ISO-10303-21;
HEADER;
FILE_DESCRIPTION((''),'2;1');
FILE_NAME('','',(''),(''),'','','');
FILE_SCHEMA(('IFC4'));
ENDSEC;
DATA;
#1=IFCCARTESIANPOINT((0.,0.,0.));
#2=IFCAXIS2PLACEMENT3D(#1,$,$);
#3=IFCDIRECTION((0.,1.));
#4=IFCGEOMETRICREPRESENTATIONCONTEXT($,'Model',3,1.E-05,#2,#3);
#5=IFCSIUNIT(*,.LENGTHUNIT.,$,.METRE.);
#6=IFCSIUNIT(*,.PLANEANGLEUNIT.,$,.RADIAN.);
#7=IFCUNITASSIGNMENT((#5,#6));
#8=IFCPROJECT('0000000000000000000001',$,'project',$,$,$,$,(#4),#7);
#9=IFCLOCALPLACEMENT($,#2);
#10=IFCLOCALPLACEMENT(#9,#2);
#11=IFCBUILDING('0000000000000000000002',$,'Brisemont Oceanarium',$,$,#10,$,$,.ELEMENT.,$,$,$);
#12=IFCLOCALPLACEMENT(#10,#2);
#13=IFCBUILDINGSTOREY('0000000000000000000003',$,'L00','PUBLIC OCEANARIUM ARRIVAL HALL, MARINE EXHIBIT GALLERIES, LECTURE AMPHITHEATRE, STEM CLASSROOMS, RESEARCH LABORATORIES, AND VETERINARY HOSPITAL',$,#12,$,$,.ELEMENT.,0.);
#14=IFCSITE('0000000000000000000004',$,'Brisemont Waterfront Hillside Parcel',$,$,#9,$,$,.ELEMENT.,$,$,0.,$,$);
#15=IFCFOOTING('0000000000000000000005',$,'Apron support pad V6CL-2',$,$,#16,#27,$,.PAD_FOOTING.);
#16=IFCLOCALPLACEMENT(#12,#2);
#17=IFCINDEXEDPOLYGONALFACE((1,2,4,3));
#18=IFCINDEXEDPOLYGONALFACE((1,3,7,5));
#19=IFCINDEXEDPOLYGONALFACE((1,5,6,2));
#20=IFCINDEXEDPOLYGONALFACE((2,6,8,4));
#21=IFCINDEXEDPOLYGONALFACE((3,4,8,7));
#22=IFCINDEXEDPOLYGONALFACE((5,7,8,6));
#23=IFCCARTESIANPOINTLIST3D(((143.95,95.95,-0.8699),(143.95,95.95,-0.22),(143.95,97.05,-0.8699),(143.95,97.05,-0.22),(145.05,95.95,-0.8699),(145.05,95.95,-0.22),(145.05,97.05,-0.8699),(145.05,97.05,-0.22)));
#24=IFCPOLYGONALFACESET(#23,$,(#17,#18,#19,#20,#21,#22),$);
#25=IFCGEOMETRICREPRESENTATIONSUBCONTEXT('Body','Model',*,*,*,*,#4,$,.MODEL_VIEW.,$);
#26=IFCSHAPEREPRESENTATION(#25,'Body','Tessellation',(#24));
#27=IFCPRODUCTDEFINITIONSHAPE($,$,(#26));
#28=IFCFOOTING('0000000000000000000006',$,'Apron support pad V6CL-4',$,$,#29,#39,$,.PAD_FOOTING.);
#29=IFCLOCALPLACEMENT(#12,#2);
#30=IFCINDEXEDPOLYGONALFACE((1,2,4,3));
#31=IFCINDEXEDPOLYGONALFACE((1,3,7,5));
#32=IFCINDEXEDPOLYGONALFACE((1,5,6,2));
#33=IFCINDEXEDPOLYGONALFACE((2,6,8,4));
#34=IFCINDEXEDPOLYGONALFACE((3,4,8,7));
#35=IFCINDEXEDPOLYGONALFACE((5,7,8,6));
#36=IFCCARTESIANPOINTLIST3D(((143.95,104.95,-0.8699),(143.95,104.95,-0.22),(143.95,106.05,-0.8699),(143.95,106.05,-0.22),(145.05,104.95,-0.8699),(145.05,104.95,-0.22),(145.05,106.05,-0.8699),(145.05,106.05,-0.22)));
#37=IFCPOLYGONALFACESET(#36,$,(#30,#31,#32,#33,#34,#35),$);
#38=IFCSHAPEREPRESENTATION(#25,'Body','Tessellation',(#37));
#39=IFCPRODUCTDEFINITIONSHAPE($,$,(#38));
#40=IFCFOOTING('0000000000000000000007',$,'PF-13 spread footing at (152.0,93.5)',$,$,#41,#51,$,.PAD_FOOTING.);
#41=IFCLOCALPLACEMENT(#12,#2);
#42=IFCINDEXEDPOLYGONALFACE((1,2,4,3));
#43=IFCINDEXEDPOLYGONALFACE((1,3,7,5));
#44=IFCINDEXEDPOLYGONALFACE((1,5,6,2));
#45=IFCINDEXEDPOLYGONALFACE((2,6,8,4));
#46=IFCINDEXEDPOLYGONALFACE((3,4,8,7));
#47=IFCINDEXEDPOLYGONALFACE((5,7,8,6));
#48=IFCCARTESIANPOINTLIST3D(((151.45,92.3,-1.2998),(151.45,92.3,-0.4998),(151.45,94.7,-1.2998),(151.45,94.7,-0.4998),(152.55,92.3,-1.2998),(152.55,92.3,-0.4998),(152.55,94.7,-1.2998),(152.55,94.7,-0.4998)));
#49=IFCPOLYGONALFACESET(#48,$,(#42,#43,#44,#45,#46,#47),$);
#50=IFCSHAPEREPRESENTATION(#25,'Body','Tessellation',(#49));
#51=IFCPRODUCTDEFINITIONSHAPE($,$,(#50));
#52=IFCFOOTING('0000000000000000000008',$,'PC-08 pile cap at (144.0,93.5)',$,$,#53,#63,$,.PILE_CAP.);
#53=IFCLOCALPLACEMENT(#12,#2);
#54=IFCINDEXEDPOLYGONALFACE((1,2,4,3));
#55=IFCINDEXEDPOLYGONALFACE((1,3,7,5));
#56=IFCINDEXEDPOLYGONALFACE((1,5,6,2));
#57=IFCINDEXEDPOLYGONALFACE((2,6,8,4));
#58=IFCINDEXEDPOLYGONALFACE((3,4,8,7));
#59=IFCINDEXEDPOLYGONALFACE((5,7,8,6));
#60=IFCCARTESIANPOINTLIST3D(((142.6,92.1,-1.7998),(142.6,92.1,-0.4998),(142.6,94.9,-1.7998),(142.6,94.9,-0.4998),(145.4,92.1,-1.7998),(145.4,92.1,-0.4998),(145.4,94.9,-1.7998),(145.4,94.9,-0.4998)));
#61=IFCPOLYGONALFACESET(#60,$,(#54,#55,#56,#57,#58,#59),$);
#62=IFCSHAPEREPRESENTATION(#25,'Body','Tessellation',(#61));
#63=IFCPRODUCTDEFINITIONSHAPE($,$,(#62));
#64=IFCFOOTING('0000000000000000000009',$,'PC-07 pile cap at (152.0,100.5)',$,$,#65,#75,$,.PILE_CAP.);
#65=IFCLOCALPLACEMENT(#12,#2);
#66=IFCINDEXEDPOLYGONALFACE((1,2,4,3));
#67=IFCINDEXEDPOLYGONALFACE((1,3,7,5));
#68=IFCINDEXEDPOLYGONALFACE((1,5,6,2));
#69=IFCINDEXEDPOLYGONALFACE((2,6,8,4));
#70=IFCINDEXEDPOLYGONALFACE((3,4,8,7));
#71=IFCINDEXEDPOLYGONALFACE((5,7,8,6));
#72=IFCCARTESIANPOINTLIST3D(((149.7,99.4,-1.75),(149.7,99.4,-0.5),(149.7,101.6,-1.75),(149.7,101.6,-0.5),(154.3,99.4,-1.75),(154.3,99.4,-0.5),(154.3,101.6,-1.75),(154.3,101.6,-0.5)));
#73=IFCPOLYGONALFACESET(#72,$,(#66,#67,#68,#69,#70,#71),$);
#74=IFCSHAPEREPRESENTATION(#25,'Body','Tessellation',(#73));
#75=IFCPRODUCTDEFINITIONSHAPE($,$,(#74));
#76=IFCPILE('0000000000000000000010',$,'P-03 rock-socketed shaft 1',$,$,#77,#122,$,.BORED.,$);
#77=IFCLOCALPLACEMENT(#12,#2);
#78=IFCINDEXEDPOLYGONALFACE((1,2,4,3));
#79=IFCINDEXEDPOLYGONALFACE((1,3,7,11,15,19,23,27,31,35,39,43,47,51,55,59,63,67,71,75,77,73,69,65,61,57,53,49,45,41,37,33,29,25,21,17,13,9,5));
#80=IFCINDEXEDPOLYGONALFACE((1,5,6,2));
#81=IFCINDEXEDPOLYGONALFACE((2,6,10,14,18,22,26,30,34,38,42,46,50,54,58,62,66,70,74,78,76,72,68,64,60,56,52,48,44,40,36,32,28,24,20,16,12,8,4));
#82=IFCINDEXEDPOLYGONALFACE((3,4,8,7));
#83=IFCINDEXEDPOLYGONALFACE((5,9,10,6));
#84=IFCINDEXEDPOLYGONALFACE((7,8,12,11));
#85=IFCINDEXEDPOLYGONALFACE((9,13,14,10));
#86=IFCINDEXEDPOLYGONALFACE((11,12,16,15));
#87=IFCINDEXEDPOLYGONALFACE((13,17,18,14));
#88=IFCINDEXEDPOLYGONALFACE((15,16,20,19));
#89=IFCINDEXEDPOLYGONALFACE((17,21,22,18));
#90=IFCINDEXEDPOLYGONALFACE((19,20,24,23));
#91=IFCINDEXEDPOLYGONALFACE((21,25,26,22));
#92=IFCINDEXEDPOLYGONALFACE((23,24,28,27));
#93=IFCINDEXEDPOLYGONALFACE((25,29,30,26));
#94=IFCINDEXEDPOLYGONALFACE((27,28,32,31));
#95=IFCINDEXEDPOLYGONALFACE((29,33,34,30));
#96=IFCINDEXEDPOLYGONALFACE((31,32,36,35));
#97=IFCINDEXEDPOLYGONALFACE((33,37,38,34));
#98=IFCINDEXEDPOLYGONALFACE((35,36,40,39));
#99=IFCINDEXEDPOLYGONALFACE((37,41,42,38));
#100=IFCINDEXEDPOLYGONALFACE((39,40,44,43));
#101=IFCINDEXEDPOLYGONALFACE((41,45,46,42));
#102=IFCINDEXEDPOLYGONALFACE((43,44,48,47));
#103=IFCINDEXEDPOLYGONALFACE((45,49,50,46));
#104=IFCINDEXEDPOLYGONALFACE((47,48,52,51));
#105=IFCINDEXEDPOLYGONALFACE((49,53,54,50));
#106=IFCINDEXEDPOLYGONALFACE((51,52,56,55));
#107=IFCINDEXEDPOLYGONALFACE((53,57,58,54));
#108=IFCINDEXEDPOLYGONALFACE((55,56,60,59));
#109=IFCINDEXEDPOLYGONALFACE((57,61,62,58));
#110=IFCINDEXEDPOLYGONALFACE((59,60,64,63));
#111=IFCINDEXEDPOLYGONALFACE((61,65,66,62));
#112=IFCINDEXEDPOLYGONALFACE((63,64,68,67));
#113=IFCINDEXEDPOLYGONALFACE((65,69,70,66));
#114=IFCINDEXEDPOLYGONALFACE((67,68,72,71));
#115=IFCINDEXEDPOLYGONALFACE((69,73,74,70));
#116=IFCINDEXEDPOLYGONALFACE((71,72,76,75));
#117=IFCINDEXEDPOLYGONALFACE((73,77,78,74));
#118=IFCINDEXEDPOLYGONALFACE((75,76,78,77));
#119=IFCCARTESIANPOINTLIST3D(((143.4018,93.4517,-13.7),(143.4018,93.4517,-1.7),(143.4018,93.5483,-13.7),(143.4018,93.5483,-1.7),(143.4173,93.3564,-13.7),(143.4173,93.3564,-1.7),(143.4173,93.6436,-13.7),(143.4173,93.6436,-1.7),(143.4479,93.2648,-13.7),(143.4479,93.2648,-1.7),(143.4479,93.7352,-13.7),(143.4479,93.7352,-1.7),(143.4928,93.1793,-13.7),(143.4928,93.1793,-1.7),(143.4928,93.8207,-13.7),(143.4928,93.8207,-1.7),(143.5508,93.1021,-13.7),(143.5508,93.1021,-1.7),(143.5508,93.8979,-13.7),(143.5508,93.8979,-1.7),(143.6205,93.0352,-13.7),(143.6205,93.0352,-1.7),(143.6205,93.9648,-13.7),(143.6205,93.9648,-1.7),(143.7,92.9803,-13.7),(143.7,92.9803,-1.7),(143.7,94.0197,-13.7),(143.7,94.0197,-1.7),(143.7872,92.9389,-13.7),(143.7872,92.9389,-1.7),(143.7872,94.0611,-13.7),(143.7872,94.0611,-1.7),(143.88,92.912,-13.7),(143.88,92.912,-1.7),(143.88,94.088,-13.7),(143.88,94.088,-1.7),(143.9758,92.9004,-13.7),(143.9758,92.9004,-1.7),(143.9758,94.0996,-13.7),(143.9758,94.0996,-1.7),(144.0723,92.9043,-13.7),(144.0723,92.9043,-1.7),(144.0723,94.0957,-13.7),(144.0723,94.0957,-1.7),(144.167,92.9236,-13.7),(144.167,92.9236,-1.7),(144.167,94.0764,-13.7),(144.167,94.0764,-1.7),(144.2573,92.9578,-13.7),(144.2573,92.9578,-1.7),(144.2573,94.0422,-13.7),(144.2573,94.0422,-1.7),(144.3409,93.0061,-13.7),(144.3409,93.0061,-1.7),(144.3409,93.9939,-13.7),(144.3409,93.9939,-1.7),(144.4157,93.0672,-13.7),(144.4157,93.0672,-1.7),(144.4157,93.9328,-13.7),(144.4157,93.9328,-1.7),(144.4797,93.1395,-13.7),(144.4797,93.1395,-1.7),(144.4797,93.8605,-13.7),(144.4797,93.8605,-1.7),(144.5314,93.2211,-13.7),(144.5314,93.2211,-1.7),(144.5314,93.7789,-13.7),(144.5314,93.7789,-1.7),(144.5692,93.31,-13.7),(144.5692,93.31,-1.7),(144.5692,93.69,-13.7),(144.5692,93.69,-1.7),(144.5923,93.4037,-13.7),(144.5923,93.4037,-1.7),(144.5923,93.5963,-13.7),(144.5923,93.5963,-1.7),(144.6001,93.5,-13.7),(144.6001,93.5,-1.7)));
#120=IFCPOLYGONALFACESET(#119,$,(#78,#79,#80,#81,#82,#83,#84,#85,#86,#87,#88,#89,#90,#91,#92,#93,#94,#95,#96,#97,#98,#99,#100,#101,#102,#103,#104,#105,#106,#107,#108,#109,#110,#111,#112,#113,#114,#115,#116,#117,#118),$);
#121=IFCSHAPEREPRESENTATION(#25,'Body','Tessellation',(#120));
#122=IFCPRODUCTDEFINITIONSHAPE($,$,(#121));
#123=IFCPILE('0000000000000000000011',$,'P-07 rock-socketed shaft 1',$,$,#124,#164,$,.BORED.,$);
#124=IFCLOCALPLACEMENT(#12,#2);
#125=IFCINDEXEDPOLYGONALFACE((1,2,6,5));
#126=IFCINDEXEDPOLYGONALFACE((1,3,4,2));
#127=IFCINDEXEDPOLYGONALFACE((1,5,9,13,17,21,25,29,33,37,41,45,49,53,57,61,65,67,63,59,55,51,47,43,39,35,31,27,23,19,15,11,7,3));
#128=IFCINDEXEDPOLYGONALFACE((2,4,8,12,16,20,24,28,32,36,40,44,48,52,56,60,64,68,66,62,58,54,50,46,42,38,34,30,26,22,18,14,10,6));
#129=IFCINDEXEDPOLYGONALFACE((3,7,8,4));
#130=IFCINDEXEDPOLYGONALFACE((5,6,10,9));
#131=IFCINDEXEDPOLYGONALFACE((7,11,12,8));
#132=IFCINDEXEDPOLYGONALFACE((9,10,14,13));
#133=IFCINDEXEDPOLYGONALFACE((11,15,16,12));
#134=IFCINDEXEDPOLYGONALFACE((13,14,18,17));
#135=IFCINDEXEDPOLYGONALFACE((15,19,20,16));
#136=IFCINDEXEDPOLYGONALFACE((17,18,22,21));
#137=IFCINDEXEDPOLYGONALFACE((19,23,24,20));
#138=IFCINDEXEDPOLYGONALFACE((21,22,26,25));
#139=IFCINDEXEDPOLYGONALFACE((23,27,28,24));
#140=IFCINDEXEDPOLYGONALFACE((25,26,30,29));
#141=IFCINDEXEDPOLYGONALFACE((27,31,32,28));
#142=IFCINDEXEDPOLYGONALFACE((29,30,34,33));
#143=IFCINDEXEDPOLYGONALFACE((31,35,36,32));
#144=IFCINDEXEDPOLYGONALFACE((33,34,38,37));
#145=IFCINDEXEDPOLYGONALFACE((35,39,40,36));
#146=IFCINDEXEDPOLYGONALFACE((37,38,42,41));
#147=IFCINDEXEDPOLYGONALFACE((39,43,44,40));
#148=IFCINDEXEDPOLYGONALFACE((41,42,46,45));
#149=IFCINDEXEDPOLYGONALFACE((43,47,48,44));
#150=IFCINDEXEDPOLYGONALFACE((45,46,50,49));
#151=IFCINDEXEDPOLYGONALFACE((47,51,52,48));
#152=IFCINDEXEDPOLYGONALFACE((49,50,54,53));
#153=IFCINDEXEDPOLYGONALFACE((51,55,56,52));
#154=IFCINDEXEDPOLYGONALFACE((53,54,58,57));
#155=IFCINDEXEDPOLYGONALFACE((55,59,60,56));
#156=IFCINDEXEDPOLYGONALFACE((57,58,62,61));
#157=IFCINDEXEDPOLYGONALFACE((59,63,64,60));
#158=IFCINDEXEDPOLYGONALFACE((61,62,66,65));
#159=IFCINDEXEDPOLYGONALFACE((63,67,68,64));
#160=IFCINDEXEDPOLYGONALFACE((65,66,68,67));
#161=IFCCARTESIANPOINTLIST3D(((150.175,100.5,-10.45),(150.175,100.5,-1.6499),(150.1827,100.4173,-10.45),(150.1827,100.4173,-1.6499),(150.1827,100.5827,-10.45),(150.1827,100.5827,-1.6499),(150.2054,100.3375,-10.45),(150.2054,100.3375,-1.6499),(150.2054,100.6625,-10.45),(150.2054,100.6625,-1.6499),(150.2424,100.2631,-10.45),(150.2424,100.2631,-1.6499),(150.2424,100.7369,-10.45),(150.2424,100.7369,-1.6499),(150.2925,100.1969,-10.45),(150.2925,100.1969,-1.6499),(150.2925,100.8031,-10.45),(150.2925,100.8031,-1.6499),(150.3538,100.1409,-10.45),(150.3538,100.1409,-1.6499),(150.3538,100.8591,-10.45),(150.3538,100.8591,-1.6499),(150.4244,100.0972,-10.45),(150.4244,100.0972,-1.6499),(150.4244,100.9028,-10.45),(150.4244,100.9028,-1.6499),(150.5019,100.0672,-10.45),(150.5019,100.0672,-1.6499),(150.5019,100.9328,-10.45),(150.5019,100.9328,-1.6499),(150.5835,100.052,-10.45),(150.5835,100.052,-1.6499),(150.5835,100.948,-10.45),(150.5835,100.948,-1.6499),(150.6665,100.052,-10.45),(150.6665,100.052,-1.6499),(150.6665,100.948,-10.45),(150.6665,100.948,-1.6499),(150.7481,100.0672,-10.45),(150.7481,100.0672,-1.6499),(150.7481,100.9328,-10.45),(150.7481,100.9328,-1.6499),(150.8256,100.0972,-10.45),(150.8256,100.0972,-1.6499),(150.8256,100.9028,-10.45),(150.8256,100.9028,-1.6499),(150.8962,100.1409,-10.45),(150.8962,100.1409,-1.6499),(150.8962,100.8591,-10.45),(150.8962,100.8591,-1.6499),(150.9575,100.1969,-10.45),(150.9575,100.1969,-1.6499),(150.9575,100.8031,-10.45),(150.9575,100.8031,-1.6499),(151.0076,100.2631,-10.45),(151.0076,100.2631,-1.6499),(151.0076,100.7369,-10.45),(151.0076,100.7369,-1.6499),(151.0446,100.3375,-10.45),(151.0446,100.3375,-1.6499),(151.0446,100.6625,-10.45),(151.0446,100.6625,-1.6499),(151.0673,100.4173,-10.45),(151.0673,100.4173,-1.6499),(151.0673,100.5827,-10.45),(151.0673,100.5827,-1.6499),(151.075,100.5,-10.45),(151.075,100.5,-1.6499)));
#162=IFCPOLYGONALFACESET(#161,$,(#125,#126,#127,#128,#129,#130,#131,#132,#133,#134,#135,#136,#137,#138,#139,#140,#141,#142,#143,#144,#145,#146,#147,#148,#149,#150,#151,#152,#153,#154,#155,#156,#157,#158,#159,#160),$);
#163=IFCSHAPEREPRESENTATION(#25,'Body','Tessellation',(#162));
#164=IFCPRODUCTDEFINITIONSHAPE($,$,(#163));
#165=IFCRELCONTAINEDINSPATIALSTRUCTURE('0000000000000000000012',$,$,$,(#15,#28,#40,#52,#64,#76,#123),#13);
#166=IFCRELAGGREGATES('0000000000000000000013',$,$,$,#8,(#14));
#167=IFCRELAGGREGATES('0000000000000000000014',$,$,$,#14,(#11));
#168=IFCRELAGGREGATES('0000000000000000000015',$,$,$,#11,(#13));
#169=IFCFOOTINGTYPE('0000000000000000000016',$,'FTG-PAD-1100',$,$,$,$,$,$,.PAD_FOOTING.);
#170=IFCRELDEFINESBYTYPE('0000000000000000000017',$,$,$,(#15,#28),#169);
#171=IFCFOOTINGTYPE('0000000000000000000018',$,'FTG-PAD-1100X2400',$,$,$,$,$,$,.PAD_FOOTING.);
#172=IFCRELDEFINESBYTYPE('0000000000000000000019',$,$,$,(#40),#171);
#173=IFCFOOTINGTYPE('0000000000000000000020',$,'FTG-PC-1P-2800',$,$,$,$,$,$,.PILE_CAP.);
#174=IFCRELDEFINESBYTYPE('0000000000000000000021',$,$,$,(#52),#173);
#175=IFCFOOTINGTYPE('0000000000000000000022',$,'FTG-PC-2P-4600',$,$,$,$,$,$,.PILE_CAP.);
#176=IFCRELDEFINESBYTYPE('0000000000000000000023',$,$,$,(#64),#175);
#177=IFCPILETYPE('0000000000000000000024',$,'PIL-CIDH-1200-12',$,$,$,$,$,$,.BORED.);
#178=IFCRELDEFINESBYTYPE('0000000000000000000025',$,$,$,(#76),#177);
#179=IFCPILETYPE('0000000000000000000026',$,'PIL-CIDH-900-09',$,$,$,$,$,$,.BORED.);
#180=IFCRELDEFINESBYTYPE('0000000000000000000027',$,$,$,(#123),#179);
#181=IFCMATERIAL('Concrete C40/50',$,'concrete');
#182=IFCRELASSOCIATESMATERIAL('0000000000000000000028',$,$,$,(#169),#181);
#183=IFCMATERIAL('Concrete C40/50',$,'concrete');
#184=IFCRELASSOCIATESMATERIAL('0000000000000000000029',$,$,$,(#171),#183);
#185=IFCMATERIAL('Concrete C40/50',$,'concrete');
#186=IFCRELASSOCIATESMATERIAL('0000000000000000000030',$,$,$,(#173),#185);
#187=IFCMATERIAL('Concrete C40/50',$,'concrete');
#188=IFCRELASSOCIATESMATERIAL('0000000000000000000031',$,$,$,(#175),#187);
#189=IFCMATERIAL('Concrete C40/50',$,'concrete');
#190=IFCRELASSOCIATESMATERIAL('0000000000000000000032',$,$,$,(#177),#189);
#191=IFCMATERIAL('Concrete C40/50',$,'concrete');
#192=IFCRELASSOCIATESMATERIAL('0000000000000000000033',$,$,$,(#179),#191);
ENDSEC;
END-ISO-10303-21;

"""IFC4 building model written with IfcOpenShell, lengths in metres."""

from ifc_helpers import new_model, si_unit, direction, frame, origin, origin_2d, place, context, subcontext, project, spatial, rectangle, circle, extrude, material, material_profile, profile_set, type_object, element, save


model = new_model("IFC4")

# Units and contexts
model_context = context("Model", 3, precision=1e-05, world=origin(), true_north=direction((0.0, 1.0)))
body_context = subcontext(model_context, "Body", "Model", "MODEL_VIEW")
ifc_project = project(units=[si_unit("LENGTHUNIT", "METRE"), si_unit("PLANEANGLEUNIT", "RADIAN")], contexts=[model_context])

# Site, building, storey
site_placement = place(None, origin())
site = spatial("IfcSite", under=ifc_project, at=site_placement, Name="Brisemont Waterfront Hillside Parcel", CompositionType="ELEMENT", RefElevation=0.0)
building_placement = place(site_placement, origin())
building = spatial("IfcBuilding", under=site, at=building_placement, Name="Brisemont Oceanarium", CompositionType="ELEMENT")
storey_placement = place(building_placement, origin())
storey = spatial("IfcBuildingStorey", under=building, at=storey_placement, Name="L00", Description="PUBLIC OCEANARIUM ARRIVAL HALL, MARINE EXHIBIT GALLERIES, LECTURE AMPHITHEATRE, STEM CLASSROOMS, RESEARCH LABORATORIES, AND VETERINARY HOSPITAL", CompositionType="ELEMENT", Elevation=0.0)

# Footings
ifc_material_1 = material(Name="Concrete C40/50", Category="concrete")
footing_type_1 = type_object("IfcFootingType", Name="FTG-PAD-1100", PredefinedType="PAD_FOOTING", material=ifc_material_1)
for number, where, z_axis, x_axis, name in (
    (1, (144.5, 96.5, -0.8699), (0.0, 0.0, 1.0), (1.0, 0.0, 0.0), "Apron support pad V6CL-2"),
    (2, (144.5, 105.5, -0.8699), (0.0, 0.0, 1.0), (1.0, 0.0, 0.0), "Apron support pad V6CL-4"),
):
    element("IfcFooting", number, at=place(storey_placement, frame(where, z_axis=z_axis, x_axis=x_axis)), inside=storey, type_object=footing_type_1, Name=name, PredefinedType="PAD_FOOTING", context=body_context, shape_type="SweptSolid", body=[
        extrude(rectangle(XDim=1.1001, YDim=1.1001, at=origin_2d()), origin(), (0.0, 0.0, 1.0), 0.6499),
    ])
ifc_material_2 = material(Name="Concrete C40/50", Category="concrete")
footing_type_2 = type_object("IfcFootingType", Name="FTG-PAD-1100X2400", PredefinedType="PAD_FOOTING", material=ifc_material_2)
footing_1_placement = place(storey_placement, frame((152.0, 93.5, -1.2998), z_axis=(0.0, 0.0, 1.0), x_axis=(1.0, 0.0, 0.0)))
element("IfcFooting", 3, at=footing_1_placement, inside=storey, type_object=footing_type_2, Name="PF-13 spread footing at (152.0,93.5)", PredefinedType="PAD_FOOTING", context=body_context, shape_type="SweptSolid", body=[
    extrude(rectangle(XDim=1.1001, YDim=2.3999, at=origin_2d()), origin(), (0.0, 0.0, 1.0), 0.8),
])
ifc_material_3 = material(Name="Concrete C40/50", Category="concrete")
footing_type_3 = type_object("IfcFootingType", Name="FTG-PC-1P-2800", PredefinedType="PILE_CAP", material=ifc_material_3)
footing_2_placement = place(storey_placement, frame((144.0, 93.5, -1.7998), z_axis=(0.0, 0.0, 1.0), x_axis=(1.0, 0.0, 0.0)))
element("IfcFooting", 4, at=footing_2_placement, inside=storey, type_object=footing_type_3, Name="PC-08 pile cap at (144.0,93.5)", PredefinedType="PILE_CAP", context=body_context, shape_type="SweptSolid", body=[
    extrude(rectangle(XDim=2.8, YDim=2.8, at=origin_2d()), origin(), (0.0, 0.0, 1.0), 1.3),
])
ifc_material_4 = material(Name="Concrete C40/50", Category="concrete")
footing_type_4 = type_object("IfcFootingType", Name="FTG-PC-2P-4600", PredefinedType="PILE_CAP", material=ifc_material_4)
footing_3_placement = place(storey_placement, frame((152.0, 100.5, -1.75), z_axis=(0.0, 0.0, 1.0), x_axis=(1.0, 0.0, 0.0)))
element("IfcFooting", 5, at=footing_3_placement, inside=storey, type_object=footing_type_4, Name="PC-07 pile cap at (152.0,100.5)", PredefinedType="PILE_CAP", context=body_context, shape_type="SweptSolid", body=[
    extrude(rectangle(XDim=4.6001, YDim=2.2, at=origin_2d()), origin(), (0.0, 0.0, 1.0), 1.25),
])

# Piles
ifc_material_5 = material(Name="Concrete C40/50", Category="concrete")
ifc_material_profile_1 = material_profile(ifc_material_5, circle(Radius=0.6001, at=origin_2d()), Name="CIDH-D1200")
ifc_profile_set_1 = profile_set([ifc_material_profile_1], Name="Concrete C40/50")
pile_type_1 = type_object("IfcPileType", Name="PIL-CIDH-1200-12", PredefinedType="BORED", material=ifc_profile_set_1)
pile_1_placement = place(storey_placement, frame((144.0, 93.5, -1.7), z_axis=(0.0, 0.0, -1.0), x_axis=(1.0, 0.0, 0.0)))
element("IfcPile", 6, at=pile_1_placement, inside=storey, type_object=pile_type_1, Name="P-03 rock-socketed shaft 1", PredefinedType="BORED", context=body_context, shape_type="SweptSolid", body=[
    extrude(circle(Radius=0.6001, at=origin_2d()), origin(), (0.0, 0.0, 1.0), 12.0),
])
ifc_material_6 = material(Name="Concrete C40/50", Category="concrete")
ifc_material_profile_2 = material_profile(ifc_material_6, circle(Radius=0.45, at=origin_2d()), Name="CIDH-D900")
ifc_profile_set_2 = profile_set([ifc_material_profile_2], Name="Concrete C40/50")
pile_type_2 = type_object("IfcPileType", Name="PIL-CIDH-900-09", PredefinedType="BORED", material=ifc_profile_set_2)
pile_2_placement = place(storey_placement, frame((150.625, 100.5, -1.6499), z_axis=(0.0, 0.0, -1.0), x_axis=(1.0, 0.0, 0.0)))
element("IfcPile", 7, at=pile_2_placement, inside=storey, type_object=pile_type_2, Name="P-07 rock-socketed shaft 1", PredefinedType="BORED", context=body_context, shape_type="SweptSolid", body=[
    extrude(circle(Radius=0.45, at=origin_2d()), origin(), (0.0, 0.0, 1.0), 8.8),
])

save(model, "model.ifc")
